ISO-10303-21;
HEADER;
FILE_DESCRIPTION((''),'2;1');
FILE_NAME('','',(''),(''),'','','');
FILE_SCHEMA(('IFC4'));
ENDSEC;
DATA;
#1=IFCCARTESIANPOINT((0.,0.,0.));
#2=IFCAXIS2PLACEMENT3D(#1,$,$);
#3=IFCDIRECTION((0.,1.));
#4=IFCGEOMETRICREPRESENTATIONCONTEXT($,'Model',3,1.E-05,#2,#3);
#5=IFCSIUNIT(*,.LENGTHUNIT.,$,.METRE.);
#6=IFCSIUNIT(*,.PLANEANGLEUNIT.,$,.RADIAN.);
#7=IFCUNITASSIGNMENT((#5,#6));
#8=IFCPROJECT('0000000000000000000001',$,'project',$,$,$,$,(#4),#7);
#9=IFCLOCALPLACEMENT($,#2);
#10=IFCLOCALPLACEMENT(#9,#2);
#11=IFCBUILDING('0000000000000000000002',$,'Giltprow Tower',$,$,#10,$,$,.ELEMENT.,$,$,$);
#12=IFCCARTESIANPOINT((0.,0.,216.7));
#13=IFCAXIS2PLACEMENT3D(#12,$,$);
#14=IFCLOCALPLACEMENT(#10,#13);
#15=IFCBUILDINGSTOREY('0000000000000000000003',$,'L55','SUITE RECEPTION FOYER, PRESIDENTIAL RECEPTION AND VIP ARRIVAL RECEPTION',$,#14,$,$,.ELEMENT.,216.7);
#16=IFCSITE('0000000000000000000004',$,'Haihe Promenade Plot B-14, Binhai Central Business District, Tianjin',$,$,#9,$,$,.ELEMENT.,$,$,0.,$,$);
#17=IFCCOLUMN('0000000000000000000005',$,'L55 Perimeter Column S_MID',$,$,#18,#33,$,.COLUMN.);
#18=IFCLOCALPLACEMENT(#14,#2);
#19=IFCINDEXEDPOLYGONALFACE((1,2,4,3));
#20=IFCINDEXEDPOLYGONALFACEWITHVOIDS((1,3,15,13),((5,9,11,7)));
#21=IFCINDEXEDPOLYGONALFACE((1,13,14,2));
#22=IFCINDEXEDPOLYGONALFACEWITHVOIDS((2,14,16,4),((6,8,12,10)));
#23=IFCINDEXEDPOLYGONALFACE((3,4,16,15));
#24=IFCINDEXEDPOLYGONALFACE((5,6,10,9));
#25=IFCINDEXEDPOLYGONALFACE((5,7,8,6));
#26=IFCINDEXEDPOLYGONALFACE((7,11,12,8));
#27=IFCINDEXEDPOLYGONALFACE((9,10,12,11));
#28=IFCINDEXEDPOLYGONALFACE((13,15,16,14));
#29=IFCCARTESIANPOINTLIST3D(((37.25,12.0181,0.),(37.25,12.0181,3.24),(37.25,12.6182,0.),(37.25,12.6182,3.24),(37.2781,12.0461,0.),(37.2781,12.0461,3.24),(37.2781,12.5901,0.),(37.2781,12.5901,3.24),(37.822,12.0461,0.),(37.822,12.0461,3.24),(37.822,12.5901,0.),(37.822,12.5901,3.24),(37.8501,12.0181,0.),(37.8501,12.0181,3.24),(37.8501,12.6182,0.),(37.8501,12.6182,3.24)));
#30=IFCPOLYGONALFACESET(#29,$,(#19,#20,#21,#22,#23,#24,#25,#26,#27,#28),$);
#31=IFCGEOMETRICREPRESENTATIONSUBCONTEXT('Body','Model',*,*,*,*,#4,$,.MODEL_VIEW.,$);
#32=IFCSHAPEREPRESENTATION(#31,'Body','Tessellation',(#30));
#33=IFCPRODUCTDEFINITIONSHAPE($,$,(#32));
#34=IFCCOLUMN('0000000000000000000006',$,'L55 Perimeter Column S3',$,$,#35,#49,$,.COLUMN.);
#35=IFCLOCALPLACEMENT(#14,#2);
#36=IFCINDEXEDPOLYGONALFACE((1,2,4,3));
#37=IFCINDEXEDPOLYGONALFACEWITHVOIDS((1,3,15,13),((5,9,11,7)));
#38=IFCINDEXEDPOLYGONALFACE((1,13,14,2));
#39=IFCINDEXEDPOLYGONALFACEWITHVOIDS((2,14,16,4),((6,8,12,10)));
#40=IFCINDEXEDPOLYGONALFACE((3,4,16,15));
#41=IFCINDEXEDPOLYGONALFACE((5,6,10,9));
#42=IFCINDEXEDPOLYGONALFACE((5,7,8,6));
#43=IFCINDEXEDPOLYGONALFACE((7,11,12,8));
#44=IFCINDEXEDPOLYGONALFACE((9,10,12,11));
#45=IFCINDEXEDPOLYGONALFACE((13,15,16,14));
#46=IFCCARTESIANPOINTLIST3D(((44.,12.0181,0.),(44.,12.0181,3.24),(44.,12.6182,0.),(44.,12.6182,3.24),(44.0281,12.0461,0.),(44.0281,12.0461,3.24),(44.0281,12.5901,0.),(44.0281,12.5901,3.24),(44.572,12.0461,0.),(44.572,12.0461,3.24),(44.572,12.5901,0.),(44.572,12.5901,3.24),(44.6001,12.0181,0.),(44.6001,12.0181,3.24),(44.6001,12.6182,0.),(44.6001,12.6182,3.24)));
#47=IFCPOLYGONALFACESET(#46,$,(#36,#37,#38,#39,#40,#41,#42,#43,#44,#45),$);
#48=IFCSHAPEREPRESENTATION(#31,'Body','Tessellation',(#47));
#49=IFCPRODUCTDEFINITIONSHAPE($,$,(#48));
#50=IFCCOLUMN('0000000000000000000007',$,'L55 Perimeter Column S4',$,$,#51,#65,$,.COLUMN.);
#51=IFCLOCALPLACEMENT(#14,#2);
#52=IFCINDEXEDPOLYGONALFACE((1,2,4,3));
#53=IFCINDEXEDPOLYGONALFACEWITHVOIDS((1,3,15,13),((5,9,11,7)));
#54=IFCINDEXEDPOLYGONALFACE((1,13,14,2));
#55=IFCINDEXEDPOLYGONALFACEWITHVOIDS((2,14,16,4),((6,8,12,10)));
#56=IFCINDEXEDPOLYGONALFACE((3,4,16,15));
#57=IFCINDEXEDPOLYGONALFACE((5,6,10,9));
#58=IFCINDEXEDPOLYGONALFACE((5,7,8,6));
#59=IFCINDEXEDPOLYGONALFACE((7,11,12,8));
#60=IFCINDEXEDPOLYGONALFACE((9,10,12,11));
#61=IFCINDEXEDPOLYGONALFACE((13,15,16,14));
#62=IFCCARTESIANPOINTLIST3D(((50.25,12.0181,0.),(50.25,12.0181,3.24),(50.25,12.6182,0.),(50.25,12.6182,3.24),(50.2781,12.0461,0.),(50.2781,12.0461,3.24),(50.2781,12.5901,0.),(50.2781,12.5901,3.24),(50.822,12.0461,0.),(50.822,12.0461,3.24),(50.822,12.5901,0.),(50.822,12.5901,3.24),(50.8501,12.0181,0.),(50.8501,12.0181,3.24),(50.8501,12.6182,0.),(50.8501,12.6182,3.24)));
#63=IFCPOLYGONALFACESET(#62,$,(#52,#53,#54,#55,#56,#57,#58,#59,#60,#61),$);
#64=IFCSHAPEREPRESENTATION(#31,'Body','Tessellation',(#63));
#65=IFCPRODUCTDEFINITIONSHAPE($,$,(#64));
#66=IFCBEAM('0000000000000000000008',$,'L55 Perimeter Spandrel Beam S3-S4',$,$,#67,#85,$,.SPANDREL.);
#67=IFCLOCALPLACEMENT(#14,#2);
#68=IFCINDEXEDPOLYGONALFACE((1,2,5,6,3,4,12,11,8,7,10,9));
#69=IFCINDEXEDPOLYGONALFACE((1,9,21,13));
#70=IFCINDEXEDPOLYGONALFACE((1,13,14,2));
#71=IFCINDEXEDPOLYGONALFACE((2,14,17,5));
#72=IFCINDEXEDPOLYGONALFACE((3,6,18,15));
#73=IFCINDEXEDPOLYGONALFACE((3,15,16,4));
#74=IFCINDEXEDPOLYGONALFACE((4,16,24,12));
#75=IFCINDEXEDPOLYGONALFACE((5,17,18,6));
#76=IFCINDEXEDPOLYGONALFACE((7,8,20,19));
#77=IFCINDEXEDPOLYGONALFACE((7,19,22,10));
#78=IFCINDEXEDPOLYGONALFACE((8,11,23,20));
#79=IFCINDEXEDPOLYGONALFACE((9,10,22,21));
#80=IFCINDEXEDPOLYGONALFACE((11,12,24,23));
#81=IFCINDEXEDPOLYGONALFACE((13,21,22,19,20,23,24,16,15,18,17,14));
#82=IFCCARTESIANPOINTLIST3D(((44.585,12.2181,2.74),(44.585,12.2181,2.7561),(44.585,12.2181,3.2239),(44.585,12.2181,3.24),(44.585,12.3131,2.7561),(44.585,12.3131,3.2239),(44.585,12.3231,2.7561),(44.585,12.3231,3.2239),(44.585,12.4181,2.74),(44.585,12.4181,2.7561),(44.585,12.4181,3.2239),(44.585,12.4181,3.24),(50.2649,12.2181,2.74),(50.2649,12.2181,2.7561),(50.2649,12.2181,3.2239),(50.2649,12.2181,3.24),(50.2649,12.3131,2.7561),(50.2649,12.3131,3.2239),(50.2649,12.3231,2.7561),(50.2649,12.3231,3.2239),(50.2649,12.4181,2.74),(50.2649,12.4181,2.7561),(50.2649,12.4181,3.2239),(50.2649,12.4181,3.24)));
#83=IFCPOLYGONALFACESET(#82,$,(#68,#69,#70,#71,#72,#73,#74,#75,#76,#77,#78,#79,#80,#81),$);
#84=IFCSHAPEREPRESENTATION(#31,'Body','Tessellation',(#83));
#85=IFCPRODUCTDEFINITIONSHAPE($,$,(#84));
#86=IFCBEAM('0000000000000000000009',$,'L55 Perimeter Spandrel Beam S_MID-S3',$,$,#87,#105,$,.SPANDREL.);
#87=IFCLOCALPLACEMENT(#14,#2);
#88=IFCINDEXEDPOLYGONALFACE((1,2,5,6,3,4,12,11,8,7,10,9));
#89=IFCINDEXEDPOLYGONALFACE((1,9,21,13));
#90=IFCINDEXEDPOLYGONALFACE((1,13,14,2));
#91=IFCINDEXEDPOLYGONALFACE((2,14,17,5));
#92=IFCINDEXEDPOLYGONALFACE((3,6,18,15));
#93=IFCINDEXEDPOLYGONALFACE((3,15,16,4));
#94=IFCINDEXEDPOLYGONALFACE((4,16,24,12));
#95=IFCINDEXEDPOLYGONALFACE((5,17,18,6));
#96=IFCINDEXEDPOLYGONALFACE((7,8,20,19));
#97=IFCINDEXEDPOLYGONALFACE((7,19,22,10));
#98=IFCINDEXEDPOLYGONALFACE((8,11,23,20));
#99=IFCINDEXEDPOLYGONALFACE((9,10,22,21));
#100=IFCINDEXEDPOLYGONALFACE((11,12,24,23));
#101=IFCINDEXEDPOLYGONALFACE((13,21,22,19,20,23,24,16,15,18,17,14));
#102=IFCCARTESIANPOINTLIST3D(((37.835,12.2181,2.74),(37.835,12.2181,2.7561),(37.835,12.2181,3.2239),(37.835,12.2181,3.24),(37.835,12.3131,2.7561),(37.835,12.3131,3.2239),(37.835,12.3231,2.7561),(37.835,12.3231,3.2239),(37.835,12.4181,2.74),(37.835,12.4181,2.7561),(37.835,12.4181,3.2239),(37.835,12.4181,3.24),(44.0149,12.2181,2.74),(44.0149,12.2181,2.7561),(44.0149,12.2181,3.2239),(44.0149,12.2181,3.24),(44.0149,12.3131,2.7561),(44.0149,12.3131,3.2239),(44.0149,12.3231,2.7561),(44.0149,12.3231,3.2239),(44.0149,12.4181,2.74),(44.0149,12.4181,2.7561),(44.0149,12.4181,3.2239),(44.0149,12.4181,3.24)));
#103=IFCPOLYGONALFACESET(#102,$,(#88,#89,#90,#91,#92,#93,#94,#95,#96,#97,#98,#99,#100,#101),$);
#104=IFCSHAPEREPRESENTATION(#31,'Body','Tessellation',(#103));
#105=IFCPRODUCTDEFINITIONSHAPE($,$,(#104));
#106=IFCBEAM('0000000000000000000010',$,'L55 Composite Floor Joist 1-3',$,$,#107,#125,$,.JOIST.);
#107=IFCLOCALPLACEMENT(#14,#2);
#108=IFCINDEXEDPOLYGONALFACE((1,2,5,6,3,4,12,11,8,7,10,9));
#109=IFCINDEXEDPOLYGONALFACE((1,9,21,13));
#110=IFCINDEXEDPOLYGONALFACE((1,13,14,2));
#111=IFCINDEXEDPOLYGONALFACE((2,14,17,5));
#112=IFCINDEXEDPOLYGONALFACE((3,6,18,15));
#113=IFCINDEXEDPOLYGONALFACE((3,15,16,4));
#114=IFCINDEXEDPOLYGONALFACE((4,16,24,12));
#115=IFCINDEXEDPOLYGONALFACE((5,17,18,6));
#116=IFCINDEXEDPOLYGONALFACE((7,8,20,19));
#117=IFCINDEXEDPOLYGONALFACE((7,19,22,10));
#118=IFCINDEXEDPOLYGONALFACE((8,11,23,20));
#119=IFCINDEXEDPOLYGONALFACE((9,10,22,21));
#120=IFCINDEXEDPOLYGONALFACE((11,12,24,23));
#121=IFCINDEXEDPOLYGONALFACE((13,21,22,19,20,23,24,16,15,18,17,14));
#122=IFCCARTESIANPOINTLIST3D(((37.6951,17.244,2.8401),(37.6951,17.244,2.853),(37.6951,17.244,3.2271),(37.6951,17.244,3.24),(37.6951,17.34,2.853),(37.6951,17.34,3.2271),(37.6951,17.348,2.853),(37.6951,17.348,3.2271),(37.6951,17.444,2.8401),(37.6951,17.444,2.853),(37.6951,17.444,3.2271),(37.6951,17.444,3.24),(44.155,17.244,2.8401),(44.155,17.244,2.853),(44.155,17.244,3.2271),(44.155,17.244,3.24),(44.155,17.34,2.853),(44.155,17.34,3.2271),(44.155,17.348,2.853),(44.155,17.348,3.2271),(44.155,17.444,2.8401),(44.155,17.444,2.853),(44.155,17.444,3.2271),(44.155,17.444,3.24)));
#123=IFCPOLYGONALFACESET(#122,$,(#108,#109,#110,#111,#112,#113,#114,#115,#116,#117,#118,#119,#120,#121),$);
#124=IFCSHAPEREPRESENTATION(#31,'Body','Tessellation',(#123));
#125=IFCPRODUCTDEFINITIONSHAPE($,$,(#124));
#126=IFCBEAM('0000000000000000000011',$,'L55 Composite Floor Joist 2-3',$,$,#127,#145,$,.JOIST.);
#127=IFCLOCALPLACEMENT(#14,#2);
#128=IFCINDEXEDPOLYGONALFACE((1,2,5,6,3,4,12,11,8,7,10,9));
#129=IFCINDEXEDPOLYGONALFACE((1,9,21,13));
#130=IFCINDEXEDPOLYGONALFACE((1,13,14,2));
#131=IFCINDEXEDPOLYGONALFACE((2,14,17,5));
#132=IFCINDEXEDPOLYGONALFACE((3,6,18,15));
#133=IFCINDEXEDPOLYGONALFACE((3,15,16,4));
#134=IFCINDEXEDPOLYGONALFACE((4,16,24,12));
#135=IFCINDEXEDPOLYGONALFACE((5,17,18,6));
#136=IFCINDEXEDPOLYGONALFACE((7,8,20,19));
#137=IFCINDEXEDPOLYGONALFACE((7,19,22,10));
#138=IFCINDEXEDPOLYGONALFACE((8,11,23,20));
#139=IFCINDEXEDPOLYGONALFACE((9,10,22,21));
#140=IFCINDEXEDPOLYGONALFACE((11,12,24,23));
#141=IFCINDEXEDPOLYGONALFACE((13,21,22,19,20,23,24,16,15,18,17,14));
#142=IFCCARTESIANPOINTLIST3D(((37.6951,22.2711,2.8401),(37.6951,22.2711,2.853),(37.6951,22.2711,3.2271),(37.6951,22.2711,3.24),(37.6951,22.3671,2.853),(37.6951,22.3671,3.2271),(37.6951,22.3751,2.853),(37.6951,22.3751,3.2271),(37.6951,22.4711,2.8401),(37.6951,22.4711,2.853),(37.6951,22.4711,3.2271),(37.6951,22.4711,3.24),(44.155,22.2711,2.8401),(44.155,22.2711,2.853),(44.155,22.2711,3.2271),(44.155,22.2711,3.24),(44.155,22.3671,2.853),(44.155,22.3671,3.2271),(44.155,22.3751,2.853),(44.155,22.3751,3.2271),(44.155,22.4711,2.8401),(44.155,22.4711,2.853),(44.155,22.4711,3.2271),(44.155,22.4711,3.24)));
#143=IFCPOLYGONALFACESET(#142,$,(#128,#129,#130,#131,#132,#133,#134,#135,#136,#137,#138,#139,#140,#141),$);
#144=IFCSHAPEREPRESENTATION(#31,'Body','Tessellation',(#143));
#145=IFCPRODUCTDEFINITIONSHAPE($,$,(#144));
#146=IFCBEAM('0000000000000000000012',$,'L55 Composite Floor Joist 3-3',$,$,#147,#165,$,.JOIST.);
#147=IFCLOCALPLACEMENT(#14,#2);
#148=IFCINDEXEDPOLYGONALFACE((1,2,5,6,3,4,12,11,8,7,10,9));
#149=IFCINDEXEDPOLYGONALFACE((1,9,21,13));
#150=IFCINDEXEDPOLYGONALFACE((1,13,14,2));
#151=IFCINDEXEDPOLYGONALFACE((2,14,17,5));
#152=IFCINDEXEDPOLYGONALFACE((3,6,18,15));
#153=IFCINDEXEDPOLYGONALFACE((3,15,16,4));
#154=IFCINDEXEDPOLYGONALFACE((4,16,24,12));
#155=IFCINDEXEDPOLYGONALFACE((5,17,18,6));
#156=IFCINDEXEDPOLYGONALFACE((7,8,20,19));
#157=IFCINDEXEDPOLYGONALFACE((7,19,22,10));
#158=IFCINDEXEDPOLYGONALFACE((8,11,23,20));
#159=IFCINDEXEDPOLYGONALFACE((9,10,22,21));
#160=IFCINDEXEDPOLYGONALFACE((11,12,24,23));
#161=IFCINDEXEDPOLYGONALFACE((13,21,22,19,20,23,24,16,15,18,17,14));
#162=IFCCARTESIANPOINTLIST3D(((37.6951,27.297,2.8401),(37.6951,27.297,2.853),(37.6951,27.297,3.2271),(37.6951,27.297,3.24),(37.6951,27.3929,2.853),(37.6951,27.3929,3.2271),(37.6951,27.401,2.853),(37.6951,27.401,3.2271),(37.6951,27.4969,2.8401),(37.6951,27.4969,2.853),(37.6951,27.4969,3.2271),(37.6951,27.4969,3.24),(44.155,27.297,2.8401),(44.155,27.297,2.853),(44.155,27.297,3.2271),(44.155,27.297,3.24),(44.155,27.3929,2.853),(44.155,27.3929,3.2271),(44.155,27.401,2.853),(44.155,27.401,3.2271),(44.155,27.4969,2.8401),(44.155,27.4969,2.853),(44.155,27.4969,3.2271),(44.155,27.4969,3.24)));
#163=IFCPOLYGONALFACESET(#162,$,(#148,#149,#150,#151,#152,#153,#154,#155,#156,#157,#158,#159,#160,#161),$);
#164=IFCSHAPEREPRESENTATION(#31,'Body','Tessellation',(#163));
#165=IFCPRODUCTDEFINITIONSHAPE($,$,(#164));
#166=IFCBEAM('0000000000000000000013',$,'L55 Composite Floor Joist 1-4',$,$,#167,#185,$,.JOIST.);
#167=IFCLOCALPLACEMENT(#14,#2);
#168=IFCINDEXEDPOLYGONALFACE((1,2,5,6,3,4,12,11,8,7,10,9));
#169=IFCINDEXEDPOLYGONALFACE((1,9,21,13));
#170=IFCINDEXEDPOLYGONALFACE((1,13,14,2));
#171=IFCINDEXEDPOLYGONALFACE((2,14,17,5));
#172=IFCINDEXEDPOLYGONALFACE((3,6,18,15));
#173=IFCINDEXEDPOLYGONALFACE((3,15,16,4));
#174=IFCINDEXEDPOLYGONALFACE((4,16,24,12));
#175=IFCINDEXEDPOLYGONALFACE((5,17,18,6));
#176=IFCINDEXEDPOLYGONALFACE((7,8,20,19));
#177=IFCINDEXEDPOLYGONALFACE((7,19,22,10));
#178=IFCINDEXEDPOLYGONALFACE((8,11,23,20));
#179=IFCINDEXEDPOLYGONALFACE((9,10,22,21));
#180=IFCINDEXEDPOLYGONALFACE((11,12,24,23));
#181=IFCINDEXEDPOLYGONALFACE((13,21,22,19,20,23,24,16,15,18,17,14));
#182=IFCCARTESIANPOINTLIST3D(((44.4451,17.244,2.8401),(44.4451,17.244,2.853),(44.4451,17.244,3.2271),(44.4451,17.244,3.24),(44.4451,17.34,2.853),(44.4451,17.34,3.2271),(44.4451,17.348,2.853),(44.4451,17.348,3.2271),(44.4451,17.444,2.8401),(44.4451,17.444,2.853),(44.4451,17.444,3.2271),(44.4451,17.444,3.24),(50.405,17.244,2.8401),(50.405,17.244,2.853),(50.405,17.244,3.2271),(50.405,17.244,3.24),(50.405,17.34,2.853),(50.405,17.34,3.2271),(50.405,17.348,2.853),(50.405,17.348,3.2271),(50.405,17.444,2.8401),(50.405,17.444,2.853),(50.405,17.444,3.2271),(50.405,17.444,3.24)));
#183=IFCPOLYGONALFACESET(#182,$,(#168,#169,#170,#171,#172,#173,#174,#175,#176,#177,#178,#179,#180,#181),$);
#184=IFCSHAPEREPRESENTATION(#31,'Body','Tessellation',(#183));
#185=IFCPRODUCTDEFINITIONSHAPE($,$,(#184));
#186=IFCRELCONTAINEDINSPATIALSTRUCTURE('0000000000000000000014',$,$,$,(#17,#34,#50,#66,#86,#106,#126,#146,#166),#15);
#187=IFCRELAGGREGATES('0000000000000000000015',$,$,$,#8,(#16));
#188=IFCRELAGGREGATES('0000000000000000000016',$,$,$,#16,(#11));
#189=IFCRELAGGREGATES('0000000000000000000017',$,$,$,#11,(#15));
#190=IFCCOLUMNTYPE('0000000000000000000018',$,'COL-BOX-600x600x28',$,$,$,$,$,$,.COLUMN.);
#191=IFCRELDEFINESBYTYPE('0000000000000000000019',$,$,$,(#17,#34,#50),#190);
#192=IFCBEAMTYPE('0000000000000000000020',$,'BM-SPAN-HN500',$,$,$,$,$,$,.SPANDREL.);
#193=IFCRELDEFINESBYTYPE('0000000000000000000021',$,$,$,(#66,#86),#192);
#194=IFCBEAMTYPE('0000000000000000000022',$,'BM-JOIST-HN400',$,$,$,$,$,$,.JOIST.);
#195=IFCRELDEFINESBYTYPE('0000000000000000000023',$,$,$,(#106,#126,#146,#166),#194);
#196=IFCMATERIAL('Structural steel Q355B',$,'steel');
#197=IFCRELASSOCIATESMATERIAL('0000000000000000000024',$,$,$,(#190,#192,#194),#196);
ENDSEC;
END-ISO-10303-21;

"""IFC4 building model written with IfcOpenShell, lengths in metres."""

from ifc_helpers import new_model, si_unit, direction, frame, origin, origin_2d, place, context, subcontext, project, spatial, hollow_rectangle, i_section, extrude, source, transform, mapped, material, material_profile, profile_set, type_object, element, save


model = new_model("IFC4")

# Units and contexts
model_context = context("Model", 3, precision=1e-05, world=origin(), true_north=direction((0.0, 1.0)))
body_context = subcontext(model_context, "Body", "Model", "MODEL_VIEW")
ifc_project = project(units=[si_unit("LENGTHUNIT", "METRE"), si_unit("PLANEANGLEUNIT", "RADIAN")], contexts=[model_context])

# Site, building, storey
site_placement = place(None, origin())
site = spatial("IfcSite", under=ifc_project, at=site_placement, Name="Haihe Promenade Plot B-14, Binhai Central Business District, Tianjin", CompositionType="ELEMENT", RefElevation=0.0)
building_placement = place(site_placement, origin())
building = spatial("IfcBuilding", under=site, at=building_placement, Name="Giltprow Tower", CompositionType="ELEMENT")
storey_placement = place(building_placement, frame((0.0, 0.0, 216.7)))
storey = spatial("IfcBuildingStorey", under=building, at=storey_placement, Name="L55", Description="SUITE RECEPTION FOYER, PRESIDENTIAL RECEPTION AND VIP ARRIVAL RECEPTION", CompositionType="ELEMENT", Elevation=216.7)

# Columns
ifc_material_1 = material(Name="Structural steel Q355B", Category="steel")
ifc_material_profile_1 = material_profile(ifc_material_1, hollow_rectangle(XDim=0.6001, YDim=0.6001, WallThickness=0.0281, at=origin_2d()), Name="BOX 600x600x28")
ifc_profile_set_1 = profile_set([ifc_material_profile_1], Name="Structural steel Q355B")
column_type = type_object("IfcColumnType", Name="COL-BOX-600x600x28", PredefinedType="COLUMN", material=ifc_profile_set_1)
shared_shape_1 = source(origin(), body_context, "Body", "SweptSolid", [
    extrude(hollow_rectangle(XDim=0.6001, YDim=0.6001, WallThickness=0.0281, at=origin_2d()), origin(), (0.0, 0.0, 1.0), 3.24),
])
for number, where, z_axis, x_axis, name in (
    (1, (37.55, 12.3181, 0.0), (0.0, 0.0, 1.0), (1.0, 0.0, 0.0), "L55 Perimeter Column S_MID"),
    (2, (44.3, 12.3181, 0.0), (0.0, 0.0, 1.0), (1.0, 0.0, 0.0), "L55 Perimeter Column S3"),
    (3, (50.55, 12.3181, 0.0), (0.0, 0.0, 1.0), (1.0, 0.0, 0.0), "L55 Perimeter Column S4"),
):
    element("IfcColumn", number, at=place(storey_placement, frame(where, z_axis=z_axis, x_axis=x_axis)), inside=storey, type_object=column_type, Name=name, PredefinedType="COLUMN", context=body_context, shape_type="MappedRepresentation", body=[
        mapped(shared_shape_1, transform((0.0, 0.0, 0.0), x_axis=(1.0, 0.0, 0.0), y_axis=(0.0, 1.0, 0.0), z_axis=(0.0, 0.0, 1.0), scale=1.0)),
    ])

# Beams
ifc_material_profile_2 = material_profile(ifc_material_1, i_section(OverallWidth=0.2, OverallDepth=0.5, WebThickness=0.01, FlangeThickness=0.0161, at=origin_2d()), Name="HN 500x200x10x16")
ifc_profile_set_2 = profile_set([ifc_material_profile_2], Name="Structural steel Q355B")
beam_type_1 = type_object("IfcBeamType", Name="BM-SPAN-HN500", PredefinedType="SPANDREL", material=ifc_profile_set_2)
shared_shape_2 = source(origin(), body_context, "Body", "SweptSolid", [
    extrude(i_section(OverallWidth=0.2, OverallDepth=0.5, WebThickness=0.01, FlangeThickness=0.0161, at=origin_2d()), origin(), (0.0, 0.0, 1.0), 5.6799),
])
beam_1_placement = place(storey_placement, frame((44.585, 12.3181, 2.99), z_axis=(1.0, 0.0, 0.0), x_axis=(0.0, 1.0, 0.0)))
element("IfcBeam", 4, at=beam_1_placement, inside=storey, type_object=beam_type_1, Name="L55 Perimeter Spandrel Beam S3-S4", PredefinedType="SPANDREL", context=body_context, shape_type="MappedRepresentation", body=[
    mapped(shared_shape_2, transform((0.0, 0.0, 0.0), x_axis=(1.0, 0.0, 0.0), y_axis=(0.0, 1.0, 0.0), z_axis=(0.0, 0.0, 1.0), scale=1.0)),
])
shared_shape_3 = source(origin(), body_context, "Body", "SweptSolid", [
    extrude(i_section(OverallWidth=0.2, OverallDepth=0.5, WebThickness=0.01, FlangeThickness=0.0161, at=origin_2d()), origin(), (0.0, 0.0, 1.0), 6.1799),
])
beam_2_placement = place(storey_placement, frame((37.835, 12.3181, 2.99), z_axis=(1.0, 0.0, 0.0), x_axis=(0.0, 1.0, 0.0)))
element("IfcBeam", 5, at=beam_2_placement, inside=storey, type_object=beam_type_1, Name="L55 Perimeter Spandrel Beam S_MID-S3", PredefinedType="SPANDREL", context=body_context, shape_type="MappedRepresentation", body=[
    mapped(shared_shape_3, transform((0.0, 0.0, 0.0), x_axis=(1.0, 0.0, 0.0), y_axis=(0.0, 1.0, 0.0), z_axis=(0.0, 0.0, 1.0), scale=1.0)),
])
ifc_material_profile_3 = material_profile(ifc_material_1, i_section(OverallWidth=0.2, OverallDepth=0.3999, WebThickness=0.0081, FlangeThickness=0.0129, at=origin_2d()), Name="HN 400x200x8x13")
ifc_profile_set_3 = profile_set([ifc_material_profile_3], Name="Structural steel Q355B")
beam_type_2 = type_object("IfcBeamType", Name="BM-JOIST-HN400", PredefinedType="JOIST", material=ifc_profile_set_3)
shared_shape_4 = source(origin(), body_context, "Body", "SweptSolid", [
    extrude(i_section(OverallWidth=0.2, OverallDepth=0.3999, WebThickness=0.0081, FlangeThickness=0.0129, at=origin_2d()), origin(), (0.0, 0.0, 1.0), 6.46),
])
for number, where, z_axis, x_axis, name in (
    (6, (37.6951, 17.344, 3.04), (1.0, 0.0, 0.0), (0.0, 1.0, 0.0), "L55 Composite Floor Joist 1-3"),
    (7, (37.6951, 22.3711, 3.04), (1.0, 0.0, 0.0), (0.0, 1.0, 0.0), "L55 Composite Floor Joist 2-3"),
    (8, (37.6951, 27.397, 3.04), (1.0, 0.0, 0.0), (0.0, 1.0, 0.0), "L55 Composite Floor Joist 3-3"),
):
    element("IfcBeam", number, at=place(storey_placement, frame(where, z_axis=z_axis, x_axis=x_axis)), inside=storey, type_object=beam_type_2, Name=name, PredefinedType="JOIST", context=body_context, shape_type="MappedRepresentation", body=[
        mapped(shared_shape_4, transform((0.0, 0.0, 0.0), x_axis=(1.0, 0.0, 0.0), y_axis=(0.0, 1.0, 0.0), z_axis=(0.0, 0.0, 1.0), scale=1.0)),
    ])
shared_shape_5 = source(origin(), body_context, "Body", "SweptSolid", [
    extrude(i_section(OverallWidth=0.2, OverallDepth=0.3999, WebThickness=0.0081, FlangeThickness=0.0129, at=origin_2d()), origin(), (0.0, 0.0, 1.0), 5.96),
])
for number, where, z_axis, x_axis, name in (
    (9, (44.4451, 17.344, 3.04), (1.0, 0.0, 0.0), (0.0, 1.0, 0.0), "L55 Composite Floor Joist 1-4"),
):
    element("IfcBeam", number, at=place(storey_placement, frame(where, z_axis=z_axis, x_axis=x_axis)), inside=storey, type_object=beam_type_2, Name=name, PredefinedType="JOIST", context=body_context, shape_type="MappedRepresentation", body=[
        mapped(shared_shape_5, transform((0.0, 0.0, 0.0), x_axis=(1.0, 0.0, 0.0), y_axis=(0.0, 1.0, 0.0), z_axis=(0.0, 0.0, 1.0), scale=1.0)),
    ])

save(model, "model.ifc")
